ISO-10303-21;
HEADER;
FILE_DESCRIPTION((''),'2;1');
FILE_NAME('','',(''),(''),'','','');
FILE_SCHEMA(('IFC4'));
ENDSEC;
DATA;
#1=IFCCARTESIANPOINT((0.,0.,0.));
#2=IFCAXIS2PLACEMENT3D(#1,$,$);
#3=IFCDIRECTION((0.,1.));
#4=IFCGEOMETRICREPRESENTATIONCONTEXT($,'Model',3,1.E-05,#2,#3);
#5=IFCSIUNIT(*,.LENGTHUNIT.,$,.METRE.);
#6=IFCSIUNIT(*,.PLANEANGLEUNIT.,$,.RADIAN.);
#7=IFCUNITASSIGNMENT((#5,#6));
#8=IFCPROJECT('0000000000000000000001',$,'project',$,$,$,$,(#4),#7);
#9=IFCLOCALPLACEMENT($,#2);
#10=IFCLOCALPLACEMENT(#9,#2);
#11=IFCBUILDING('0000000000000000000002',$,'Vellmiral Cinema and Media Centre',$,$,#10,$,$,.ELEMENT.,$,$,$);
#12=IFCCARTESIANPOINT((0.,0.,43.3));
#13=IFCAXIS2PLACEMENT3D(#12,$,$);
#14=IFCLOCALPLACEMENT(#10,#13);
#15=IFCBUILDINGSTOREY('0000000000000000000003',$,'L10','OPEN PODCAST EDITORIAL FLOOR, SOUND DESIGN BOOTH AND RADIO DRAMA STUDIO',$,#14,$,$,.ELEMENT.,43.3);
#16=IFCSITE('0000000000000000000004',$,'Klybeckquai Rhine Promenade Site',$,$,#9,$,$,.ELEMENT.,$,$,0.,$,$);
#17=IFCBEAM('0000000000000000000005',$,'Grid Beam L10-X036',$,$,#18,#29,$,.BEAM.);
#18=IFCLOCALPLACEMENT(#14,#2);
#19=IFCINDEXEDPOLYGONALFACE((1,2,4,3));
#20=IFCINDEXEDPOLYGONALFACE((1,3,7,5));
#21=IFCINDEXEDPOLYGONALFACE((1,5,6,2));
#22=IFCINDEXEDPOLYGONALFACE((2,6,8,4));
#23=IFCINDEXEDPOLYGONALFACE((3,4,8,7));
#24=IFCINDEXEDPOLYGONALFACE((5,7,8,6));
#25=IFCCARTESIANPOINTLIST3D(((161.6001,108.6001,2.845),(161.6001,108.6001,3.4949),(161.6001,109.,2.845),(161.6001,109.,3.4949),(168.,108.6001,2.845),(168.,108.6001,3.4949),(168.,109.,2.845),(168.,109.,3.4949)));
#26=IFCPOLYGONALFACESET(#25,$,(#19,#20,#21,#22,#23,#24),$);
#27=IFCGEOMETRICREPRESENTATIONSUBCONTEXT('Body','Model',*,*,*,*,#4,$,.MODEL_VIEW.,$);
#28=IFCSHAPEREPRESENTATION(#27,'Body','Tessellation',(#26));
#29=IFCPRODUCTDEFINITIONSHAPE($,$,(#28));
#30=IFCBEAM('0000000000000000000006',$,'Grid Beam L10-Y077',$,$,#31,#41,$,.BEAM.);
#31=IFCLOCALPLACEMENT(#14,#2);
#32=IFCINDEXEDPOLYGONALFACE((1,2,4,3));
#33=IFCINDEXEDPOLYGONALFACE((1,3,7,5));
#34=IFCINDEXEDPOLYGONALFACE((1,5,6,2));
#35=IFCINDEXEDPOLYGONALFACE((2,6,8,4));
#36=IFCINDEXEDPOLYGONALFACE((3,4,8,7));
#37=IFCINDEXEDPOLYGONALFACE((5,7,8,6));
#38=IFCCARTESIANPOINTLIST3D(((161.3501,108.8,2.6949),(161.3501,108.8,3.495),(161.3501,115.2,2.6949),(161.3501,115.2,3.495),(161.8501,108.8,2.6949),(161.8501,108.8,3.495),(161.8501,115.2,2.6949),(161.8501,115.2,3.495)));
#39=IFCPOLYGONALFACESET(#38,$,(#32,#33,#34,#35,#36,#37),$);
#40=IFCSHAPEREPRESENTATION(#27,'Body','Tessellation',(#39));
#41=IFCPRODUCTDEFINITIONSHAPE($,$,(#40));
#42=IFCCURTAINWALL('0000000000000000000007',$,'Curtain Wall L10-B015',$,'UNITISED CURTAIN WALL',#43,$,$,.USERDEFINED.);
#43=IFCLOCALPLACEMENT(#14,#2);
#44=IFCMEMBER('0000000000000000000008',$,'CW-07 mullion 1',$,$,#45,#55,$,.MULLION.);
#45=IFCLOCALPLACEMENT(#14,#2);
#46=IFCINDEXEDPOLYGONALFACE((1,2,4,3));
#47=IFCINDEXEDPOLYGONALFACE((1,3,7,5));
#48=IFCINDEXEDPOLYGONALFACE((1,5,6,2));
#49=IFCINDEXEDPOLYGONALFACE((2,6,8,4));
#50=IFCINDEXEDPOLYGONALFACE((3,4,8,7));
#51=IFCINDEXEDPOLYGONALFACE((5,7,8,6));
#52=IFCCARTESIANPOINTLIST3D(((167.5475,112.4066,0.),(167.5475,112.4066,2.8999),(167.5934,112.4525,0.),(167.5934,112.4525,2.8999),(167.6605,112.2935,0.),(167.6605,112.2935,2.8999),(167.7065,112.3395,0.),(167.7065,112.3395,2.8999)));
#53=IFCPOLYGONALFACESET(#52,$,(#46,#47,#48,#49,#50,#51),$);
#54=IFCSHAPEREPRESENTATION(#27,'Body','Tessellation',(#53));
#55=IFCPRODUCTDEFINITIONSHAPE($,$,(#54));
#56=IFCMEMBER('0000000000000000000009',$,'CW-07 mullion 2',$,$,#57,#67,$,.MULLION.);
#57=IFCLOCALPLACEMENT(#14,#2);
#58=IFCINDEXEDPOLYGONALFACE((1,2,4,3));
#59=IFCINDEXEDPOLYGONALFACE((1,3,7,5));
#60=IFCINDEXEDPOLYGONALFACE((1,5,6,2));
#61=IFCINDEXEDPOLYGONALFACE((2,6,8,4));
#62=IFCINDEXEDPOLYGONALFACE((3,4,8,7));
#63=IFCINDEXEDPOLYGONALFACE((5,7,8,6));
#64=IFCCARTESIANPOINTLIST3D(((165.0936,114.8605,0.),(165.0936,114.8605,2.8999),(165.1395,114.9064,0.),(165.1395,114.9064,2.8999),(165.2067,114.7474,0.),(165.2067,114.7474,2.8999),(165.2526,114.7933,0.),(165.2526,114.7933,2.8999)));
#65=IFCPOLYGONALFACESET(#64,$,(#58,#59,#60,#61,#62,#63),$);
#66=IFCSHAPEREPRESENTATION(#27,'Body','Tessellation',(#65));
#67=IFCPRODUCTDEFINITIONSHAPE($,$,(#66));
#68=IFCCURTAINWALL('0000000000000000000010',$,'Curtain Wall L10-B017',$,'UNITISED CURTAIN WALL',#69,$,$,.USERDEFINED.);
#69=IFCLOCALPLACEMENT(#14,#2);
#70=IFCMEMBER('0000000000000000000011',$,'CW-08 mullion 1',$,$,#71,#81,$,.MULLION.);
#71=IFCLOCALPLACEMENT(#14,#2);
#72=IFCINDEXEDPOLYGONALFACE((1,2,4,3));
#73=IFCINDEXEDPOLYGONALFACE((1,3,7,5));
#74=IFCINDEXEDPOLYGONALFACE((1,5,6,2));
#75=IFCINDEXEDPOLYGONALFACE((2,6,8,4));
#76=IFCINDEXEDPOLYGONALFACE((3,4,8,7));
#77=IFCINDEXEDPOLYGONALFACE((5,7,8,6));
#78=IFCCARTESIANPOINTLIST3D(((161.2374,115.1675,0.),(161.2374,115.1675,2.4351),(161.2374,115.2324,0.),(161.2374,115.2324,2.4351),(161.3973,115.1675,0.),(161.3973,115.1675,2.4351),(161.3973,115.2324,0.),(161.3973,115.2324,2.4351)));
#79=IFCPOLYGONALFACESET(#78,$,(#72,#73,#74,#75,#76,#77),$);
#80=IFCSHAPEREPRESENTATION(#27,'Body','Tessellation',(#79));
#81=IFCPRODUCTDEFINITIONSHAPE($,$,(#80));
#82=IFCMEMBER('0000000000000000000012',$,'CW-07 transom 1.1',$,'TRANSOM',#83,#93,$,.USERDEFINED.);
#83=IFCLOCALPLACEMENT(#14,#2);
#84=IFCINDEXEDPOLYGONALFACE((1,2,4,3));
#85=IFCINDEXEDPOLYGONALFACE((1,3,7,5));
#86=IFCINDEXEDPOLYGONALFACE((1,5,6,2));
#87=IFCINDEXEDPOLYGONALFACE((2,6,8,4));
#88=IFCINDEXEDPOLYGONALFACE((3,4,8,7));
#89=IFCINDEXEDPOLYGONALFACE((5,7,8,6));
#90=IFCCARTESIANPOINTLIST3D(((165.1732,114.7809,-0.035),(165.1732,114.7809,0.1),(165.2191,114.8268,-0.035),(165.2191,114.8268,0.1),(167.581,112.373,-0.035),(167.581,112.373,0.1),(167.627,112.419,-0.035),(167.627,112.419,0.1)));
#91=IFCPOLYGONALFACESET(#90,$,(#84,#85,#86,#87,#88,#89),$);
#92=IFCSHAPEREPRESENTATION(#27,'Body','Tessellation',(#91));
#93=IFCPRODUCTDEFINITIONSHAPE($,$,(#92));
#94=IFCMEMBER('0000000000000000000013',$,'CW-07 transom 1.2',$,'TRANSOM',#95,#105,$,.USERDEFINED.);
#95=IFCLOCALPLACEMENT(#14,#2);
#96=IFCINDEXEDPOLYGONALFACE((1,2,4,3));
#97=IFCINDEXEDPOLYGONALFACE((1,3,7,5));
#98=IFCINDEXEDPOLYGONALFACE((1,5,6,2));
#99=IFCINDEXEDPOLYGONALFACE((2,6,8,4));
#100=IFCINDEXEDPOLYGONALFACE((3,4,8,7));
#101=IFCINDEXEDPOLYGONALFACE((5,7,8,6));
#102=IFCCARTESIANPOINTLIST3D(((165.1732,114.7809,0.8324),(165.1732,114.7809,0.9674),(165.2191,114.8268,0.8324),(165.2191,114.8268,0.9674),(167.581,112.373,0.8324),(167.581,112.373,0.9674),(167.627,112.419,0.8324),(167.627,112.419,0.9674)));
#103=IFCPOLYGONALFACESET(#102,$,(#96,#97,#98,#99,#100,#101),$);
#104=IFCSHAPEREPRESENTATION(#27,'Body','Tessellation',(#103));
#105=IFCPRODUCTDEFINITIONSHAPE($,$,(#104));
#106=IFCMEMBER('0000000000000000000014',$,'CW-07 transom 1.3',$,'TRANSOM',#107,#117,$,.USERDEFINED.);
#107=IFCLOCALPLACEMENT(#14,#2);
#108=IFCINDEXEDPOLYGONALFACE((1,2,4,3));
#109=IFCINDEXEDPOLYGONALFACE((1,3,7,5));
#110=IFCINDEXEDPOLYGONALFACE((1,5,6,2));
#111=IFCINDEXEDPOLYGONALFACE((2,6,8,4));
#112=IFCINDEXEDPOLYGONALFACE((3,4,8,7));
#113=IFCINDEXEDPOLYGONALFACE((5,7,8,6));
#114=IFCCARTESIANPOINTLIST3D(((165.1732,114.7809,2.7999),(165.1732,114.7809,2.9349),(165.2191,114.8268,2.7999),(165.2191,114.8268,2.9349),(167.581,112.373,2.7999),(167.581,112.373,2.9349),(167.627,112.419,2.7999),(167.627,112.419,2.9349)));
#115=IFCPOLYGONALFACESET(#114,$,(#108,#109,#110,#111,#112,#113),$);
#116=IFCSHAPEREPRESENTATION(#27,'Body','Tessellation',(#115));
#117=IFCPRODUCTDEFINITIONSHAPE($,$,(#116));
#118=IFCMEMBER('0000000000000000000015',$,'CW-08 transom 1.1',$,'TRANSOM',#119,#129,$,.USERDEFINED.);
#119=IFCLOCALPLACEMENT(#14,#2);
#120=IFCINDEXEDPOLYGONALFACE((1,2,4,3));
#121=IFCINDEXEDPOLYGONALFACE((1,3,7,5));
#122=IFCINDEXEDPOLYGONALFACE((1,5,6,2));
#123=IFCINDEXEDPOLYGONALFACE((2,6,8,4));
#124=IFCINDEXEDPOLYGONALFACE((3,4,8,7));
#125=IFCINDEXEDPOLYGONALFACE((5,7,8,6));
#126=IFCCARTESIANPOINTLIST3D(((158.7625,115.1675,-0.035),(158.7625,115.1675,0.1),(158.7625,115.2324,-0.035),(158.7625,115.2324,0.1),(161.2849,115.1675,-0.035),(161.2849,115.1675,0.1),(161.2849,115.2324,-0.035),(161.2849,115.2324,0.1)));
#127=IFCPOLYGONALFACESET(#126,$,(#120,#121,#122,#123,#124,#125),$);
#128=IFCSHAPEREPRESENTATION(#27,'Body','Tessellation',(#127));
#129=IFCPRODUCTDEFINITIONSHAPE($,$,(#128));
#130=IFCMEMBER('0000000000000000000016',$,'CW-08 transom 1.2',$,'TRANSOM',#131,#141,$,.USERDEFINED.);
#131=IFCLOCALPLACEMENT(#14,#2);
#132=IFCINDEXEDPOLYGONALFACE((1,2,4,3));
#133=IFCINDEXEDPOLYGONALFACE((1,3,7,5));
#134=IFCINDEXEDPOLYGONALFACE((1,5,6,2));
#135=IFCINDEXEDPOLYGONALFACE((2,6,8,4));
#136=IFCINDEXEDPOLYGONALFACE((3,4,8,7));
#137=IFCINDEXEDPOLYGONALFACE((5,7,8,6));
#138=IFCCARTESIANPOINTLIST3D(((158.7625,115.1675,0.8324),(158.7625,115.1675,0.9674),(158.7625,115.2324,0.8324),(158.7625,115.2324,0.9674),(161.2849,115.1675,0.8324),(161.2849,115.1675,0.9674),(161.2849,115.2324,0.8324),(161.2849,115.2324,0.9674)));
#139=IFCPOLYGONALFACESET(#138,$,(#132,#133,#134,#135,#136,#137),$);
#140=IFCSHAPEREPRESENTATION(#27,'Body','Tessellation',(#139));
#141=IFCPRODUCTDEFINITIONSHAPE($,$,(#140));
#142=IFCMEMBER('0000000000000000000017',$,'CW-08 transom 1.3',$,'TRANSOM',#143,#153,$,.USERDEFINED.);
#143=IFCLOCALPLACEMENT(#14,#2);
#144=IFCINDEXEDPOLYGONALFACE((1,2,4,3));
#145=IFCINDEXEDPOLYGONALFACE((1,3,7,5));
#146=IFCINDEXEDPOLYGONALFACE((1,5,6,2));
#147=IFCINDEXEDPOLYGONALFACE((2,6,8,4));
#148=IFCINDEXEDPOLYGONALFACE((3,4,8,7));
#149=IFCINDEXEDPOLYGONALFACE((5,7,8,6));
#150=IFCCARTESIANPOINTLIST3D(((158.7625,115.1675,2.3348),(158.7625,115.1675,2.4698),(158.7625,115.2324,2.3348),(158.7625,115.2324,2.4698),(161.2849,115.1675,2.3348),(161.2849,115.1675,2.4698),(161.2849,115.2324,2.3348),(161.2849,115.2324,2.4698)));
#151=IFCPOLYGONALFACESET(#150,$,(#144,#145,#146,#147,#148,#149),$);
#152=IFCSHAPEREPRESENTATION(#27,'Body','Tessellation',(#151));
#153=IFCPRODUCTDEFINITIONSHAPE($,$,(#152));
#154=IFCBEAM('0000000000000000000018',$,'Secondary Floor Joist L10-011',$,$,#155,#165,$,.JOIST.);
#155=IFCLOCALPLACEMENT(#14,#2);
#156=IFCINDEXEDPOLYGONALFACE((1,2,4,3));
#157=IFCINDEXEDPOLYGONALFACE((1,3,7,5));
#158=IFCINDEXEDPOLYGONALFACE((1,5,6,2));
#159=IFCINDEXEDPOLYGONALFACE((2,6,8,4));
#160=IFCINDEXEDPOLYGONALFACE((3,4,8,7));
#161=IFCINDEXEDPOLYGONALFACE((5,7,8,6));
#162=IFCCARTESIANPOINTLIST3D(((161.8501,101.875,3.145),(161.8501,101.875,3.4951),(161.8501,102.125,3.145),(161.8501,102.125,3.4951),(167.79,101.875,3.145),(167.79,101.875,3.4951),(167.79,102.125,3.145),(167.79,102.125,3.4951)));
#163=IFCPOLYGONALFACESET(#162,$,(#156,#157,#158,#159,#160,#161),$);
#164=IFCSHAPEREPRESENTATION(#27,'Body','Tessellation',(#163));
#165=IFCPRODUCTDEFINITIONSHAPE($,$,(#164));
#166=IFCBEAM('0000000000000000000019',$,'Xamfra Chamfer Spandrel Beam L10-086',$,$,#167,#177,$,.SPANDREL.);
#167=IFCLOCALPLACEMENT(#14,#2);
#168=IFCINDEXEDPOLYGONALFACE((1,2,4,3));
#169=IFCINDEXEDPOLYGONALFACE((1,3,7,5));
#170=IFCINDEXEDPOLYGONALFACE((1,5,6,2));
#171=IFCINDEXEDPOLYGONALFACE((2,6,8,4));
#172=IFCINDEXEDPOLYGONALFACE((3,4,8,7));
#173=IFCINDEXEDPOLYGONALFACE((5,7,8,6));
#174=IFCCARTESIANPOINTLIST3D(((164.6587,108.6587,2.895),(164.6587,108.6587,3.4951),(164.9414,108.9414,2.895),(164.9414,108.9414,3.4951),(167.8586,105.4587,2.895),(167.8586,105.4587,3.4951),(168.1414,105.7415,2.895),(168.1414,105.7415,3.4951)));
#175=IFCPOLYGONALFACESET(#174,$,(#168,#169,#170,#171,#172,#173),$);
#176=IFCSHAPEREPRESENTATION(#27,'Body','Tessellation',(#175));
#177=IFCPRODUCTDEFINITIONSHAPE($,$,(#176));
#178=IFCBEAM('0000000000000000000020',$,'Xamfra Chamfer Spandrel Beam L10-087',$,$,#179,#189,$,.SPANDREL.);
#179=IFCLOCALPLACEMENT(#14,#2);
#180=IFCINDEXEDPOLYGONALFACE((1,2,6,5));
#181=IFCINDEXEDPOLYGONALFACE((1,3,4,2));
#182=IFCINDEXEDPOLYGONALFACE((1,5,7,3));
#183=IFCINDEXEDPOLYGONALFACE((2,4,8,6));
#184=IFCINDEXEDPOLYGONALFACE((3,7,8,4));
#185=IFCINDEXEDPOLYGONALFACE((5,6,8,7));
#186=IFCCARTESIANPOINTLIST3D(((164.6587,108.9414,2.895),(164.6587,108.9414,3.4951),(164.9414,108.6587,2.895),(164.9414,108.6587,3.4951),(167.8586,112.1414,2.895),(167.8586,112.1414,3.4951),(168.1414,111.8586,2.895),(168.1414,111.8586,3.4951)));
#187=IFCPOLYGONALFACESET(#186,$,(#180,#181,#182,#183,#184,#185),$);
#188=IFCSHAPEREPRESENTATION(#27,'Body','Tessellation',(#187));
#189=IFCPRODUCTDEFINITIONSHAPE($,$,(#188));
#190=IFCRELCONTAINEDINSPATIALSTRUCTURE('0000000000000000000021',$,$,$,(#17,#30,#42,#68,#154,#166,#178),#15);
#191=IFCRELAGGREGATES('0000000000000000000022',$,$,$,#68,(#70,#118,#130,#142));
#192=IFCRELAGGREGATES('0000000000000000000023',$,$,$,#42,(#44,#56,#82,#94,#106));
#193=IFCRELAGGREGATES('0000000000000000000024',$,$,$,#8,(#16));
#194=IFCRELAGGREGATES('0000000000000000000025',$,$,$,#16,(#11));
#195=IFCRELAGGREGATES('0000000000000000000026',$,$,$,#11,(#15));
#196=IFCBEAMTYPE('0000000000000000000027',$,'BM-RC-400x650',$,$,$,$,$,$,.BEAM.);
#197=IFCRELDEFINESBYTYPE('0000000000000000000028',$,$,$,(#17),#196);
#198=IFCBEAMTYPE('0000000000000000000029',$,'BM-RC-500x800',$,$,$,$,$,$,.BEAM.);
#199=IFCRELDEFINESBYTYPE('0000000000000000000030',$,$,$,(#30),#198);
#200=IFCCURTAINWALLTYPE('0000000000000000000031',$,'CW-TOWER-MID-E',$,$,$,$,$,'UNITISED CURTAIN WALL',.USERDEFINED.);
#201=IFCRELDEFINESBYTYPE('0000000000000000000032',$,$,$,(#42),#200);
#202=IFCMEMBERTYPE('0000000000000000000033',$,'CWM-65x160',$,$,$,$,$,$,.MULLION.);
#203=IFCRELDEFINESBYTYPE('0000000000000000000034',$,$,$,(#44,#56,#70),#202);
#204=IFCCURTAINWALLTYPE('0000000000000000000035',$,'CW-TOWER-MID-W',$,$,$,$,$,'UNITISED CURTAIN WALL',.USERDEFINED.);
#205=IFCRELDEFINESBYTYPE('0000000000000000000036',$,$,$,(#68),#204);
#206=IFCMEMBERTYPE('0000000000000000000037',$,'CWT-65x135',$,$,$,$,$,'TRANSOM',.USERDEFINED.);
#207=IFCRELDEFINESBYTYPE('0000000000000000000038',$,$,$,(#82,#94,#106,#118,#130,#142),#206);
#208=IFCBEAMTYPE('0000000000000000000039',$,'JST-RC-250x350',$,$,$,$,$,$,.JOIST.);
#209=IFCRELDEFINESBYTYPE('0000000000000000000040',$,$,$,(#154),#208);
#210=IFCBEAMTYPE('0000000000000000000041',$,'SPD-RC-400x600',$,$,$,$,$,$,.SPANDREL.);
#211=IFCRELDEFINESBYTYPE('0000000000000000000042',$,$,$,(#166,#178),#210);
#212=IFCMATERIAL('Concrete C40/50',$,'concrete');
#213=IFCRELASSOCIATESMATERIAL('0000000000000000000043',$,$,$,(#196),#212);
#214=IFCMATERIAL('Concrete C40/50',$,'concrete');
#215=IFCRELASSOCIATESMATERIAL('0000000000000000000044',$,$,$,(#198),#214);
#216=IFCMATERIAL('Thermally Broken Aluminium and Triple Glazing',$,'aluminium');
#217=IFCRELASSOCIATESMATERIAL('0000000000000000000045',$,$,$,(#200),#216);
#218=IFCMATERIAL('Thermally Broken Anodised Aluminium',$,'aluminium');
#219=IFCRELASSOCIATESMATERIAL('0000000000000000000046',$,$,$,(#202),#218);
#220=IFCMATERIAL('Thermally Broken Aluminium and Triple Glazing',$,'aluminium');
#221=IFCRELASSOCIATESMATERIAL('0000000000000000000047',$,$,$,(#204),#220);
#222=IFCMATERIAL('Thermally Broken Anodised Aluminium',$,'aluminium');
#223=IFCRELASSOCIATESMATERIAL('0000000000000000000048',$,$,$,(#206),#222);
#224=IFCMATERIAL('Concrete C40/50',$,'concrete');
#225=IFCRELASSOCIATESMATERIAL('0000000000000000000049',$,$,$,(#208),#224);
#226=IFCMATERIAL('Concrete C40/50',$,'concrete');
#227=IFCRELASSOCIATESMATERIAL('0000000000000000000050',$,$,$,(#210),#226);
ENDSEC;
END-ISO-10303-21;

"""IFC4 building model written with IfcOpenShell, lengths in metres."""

from ifc_helpers import new_model, si_unit, direction, frame, origin, origin_2d, place, context, subcontext, project, spatial, rectangle, extrude, material, material_profile, profile_set, type_object, element, aggregate, save


model = new_model("IFC4")

# Units and contexts
model_context = context("Model", 3, precision=1e-05, world=origin(), true_north=direction((0.0, 1.0)))
body_context = subcontext(model_context, "Body", "Model", "MODEL_VIEW")
ifc_project = project(units=[si_unit("LENGTHUNIT", "METRE"), si_unit("PLANEANGLEUNIT", "RADIAN")], contexts=[model_context])

# Site, building, storey
site_placement = place(None, origin())
site = spatial("IfcSite", under=ifc_project, at=site_placement, Name="Klybeckquai Rhine Promenade Site", CompositionType="ELEMENT", RefElevation=0.0)
building_placement = place(site_placement, origin())
building = spatial("IfcBuilding", under=site, at=building_placement, Name="Vellmiral Cinema and Media Centre", CompositionType="ELEMENT")
storey_placement = place(building_placement, frame((0.0, 0.0, 43.3)))
storey = spatial("IfcBuildingStorey", under=building, at=storey_placement, Name="L10", Description="OPEN PODCAST EDITORIAL FLOOR, SOUND DESIGN BOOTH AND RADIO DRAMA STUDIO", CompositionType="ELEMENT", Elevation=43.3)

# Beams
ifc_material_1 = material(Name="Concrete C40/50", Category="concrete")
ifc_material_profile_1 = material_profile(ifc_material_1, rectangle(XDim=0.3999, YDim=0.6499, at=origin_2d()), Name="RC 400x650")
ifc_profile_set_1 = profile_set([ifc_material_profile_1], Name="Concrete C40/50")
beam_type_1 = type_object("IfcBeamType", Name="BM-RC-400x650", PredefinedType="BEAM", material=ifc_profile_set_1)
beam_1_placement = place(storey_placement, frame((161.6001, 108.8, 3.1699), z_axis=(1.0, 0.0, 0.0), x_axis=(0.0, 1.0, 0.0)))
element("IfcBeam", 1, at=beam_1_placement, inside=storey, type_object=beam_type_1, Name="Grid Beam L10-X036", PredefinedType="BEAM", context=body_context, shape_type="SweptSolid", body=[
    extrude(rectangle(XDim=0.3999, YDim=0.6499, at=origin_2d()), origin(), (0.0, 0.0, 1.0), 6.3999),
])
ifc_material_2 = material(Name="Concrete C40/50", Category="concrete")
ifc_material_profile_2 = material_profile(ifc_material_2, rectangle(XDim=0.5, YDim=0.8, at=origin_2d()), Name="RC 500x800")
ifc_profile_set_2 = profile_set([ifc_material_profile_2], Name="Concrete C40/50")
beam_type_2 = type_object("IfcBeamType", Name="BM-RC-500x800", PredefinedType="BEAM", material=ifc_profile_set_2)
beam_2_placement = place(storey_placement, frame((161.6001, 108.8, 3.095), z_axis=(0.0, 1.0, 0.0), x_axis=(-1.0, 0.0, 0.0)))
element("IfcBeam", 2, at=beam_2_placement, inside=storey, type_object=beam_type_2, Name="Grid Beam L10-Y077", PredefinedType="BEAM", context=body_context, shape_type="SweptSolid", body=[
    extrude(rectangle(XDim=0.5, YDim=0.8, at=origin_2d()), origin(), (0.0, 0.0, 1.0), 6.3999),
])

# Curtain wall, members
ifc_material_3 = material(Name="Thermally Broken Aluminium and Triple Glazing", Category="aluminium")
curtain_wall_type_1 = type_object("IfcCurtainWallType", Name="CW-TOWER-MID-E", ElementType="UNITISED CURTAIN WALL", PredefinedType="USERDEFINED", material=ifc_material_3)
curtain_wall_1_placement = place(storey_placement, origin())
curtain_wall_1 = element("IfcCurtainWall", 3, at=curtain_wall_1_placement, inside=storey, type_object=curtain_wall_type_1, Name="Curtain Wall L10-B015", ObjectType="UNITISED CURTAIN WALL", PredefinedType="USERDEFINED")
ifc_material_4 = material(Name="Thermally Broken Anodised Aluminium", Category="aluminium")
ifc_material_profile_3 = material_profile(ifc_material_4, rectangle(XDim=0.0649, YDim=0.1599, at=origin_2d()), Name="MULL 65x160")
ifc_profile_set_3 = profile_set([ifc_material_profile_3], Name="Thermally Broken Anodised Aluminium")
member_type_1 = type_object("IfcMemberType", Name="CWM-65x160", PredefinedType="MULLION", material=ifc_profile_set_3)
member_1_placement = place(storey_placement, frame((167.627, 112.373, 0.0), z_axis=(0.0, 0.0, 1.0), x_axis=(-0.707107, -0.707107, 0.0)))
member_1 = element("IfcMember", 4, at=member_1_placement, type_object=member_type_1, Name="CW-07 mullion 1", PredefinedType="MULLION", context=body_context, shape_type="SweptSolid", body=[
    extrude(rectangle(XDim=0.0649, YDim=0.1599, at=origin_2d()), origin(), (0.0, 0.0, 1.0), 2.8999),
])
member_2_placement = place(storey_placement, frame((165.1731, 114.8269, 0.0), z_axis=(0.0, 0.0, 1.0), x_axis=(-0.707107, -0.707107, 0.0)))
member_2 = element("IfcMember", 5, at=member_2_placement, type_object=member_type_1, Name="CW-07 mullion 2", PredefinedType="MULLION", context=body_context, shape_type="SweptSolid", body=[
    extrude(rectangle(XDim=0.0649, YDim=0.1599, at=origin_2d()), origin(), (0.0, 0.0, 1.0), 2.8999),
])

# Curtain wall, member
ifc_material_5 = material(Name="Thermally Broken Aluminium and Triple Glazing", Category="aluminium")
curtain_wall_type_2 = type_object("IfcCurtainWallType", Name="CW-TOWER-MID-W", ElementType="UNITISED CURTAIN WALL", PredefinedType="USERDEFINED", material=ifc_material_5)
curtain_wall_2_placement = place(storey_placement, origin())
curtain_wall_2 = element("IfcCurtainWall", 6, at=curtain_wall_2_placement, inside=storey, type_object=curtain_wall_type_2, Name="Curtain Wall L10-B017", ObjectType="UNITISED CURTAIN WALL", PredefinedType="USERDEFINED")
member_3_placement = place(storey_placement, frame((161.3174, 115.2, 0.0), z_axis=(0.0, 0.0, 1.0), x_axis=(0.0, -1.0, 0.0)))
member_3 = element("IfcMember", 7, at=member_3_placement, type_object=member_type_1, Name="CW-08 mullion 1", PredefinedType="MULLION", context=body_context, shape_type="SweptSolid", body=[
    extrude(rectangle(XDim=0.0649, YDim=0.1599, at=origin_2d()), origin(), (0.0, 0.0, 1.0), 2.4351),
])

# Members
ifc_material_6 = material(Name="Thermally Broken Anodised Aluminium", Category="aluminium")
ifc_material_profile_4 = material_profile(ifc_material_6, rectangle(XDim=0.0649, YDim=0.135, at=origin_2d()), Name="MULL 65x135")
ifc_profile_set_4 = profile_set([ifc_material_profile_4], Name="Thermally Broken Anodised Aluminium")
member_type_2 = type_object("IfcMemberType", Name="CWT-65x135", ElementType="TRANSOM", PredefinedType="USERDEFINED", material=ifc_profile_set_4)
member_4_placement = place(storey_placement, frame((167.604, 112.396, 0.0325), z_axis=(-0.707107, 0.707107, 0.0), x_axis=(-0.707107, -0.707107, 0.0)))
member_4 = element("IfcMember", 8, at=member_4_placement, type_object=member_type_2, Name="CW-07 transom 1.1", ObjectType="TRANSOM", PredefinedType="USERDEFINED", context=body_context, shape_type="SweptSolid", body=[
    extrude(rectangle(XDim=0.0649, YDim=0.135, at=origin_2d()), origin(), (0.0, 0.0, 1.0), 3.4053),
])
member_5_placement = place(storey_placement, frame((167.604, 112.396, 0.8999), z_axis=(-0.707107, 0.707107, 0.0), x_axis=(-0.707107, -0.707107, 0.0)))
member_5 = element("IfcMember", 9, at=member_5_placement, type_object=member_type_2, Name="CW-07 transom 1.2", ObjectType="TRANSOM", PredefinedType="USERDEFINED", context=body_context, shape_type="SweptSolid", body=[
    extrude(rectangle(XDim=0.0649, YDim=0.135, at=origin_2d()), origin(), (0.0, 0.0, 1.0), 3.4053),
])
member_6_placement = place(storey_placement, frame((167.604, 112.396, 2.8674), z_axis=(-0.707107, 0.707107, 0.0), x_axis=(-0.707107, -0.707107, 0.0)))
member_6 = element("IfcMember", 10, at=member_6_placement, type_object=member_type_2, Name="CW-07 transom 1.3", ObjectType="TRANSOM", PredefinedType="USERDEFINED", context=body_context, shape_type="SweptSolid", body=[
    extrude(rectangle(XDim=0.0649, YDim=0.135, at=origin_2d()), origin(), (0.0, 0.0, 1.0), 3.4053),
])
member_7_placement = place(storey_placement, frame((161.2849, 115.2, 0.0325), z_axis=(-1.0, 0.0, 0.0), x_axis=(0.0, -1.0, 0.0)))
member_7 = element("IfcMember", 11, at=member_7_placement, type_object=member_type_2, Name="CW-08 transom 1.1", ObjectType="TRANSOM", PredefinedType="USERDEFINED", context=body_context, shape_type="SweptSolid", body=[
    extrude(rectangle(XDim=0.0649, YDim=0.135, at=origin_2d()), origin(), (0.0, 0.0, 1.0), 2.5225),
])
member_8_placement = place(storey_placement, frame((161.2849, 115.2, 0.8999), z_axis=(-1.0, 0.0, 0.0), x_axis=(0.0, -1.0, 0.0)))
member_8 = element("IfcMember", 12, at=member_8_placement, type_object=member_type_2, Name="CW-08 transom 1.2", ObjectType="TRANSOM", PredefinedType="USERDEFINED", context=body_context, shape_type="SweptSolid", body=[
    extrude(rectangle(XDim=0.0649, YDim=0.135, at=origin_2d()), origin(), (0.0, 0.0, 1.0), 2.5225),
])
member_9_placement = place(storey_placement, frame((161.2849, 115.2, 2.4023), z_axis=(-1.0, 0.0, 0.0), x_axis=(0.0, -1.0, 0.0)))
member_9 = element("IfcMember", 13, at=member_9_placement, type_object=member_type_2, Name="CW-08 transom 1.3", ObjectType="TRANSOM", PredefinedType="USERDEFINED", context=body_context, shape_type="SweptSolid", body=[
    extrude(rectangle(XDim=0.0649, YDim=0.135, at=origin_2d()), origin(), (0.0, 0.0, 1.0), 2.5225),
])

# Beams
ifc_material_7 = material(Name="Concrete C40/50", Category="concrete")
ifc_material_profile_5 = material_profile(ifc_material_7, rectangle(XDim=0.25, YDim=0.3501, at=origin_2d()), Name="RC 250x350")
ifc_profile_set_5 = profile_set([ifc_material_profile_5], Name="Concrete C40/50")
beam_type_3 = type_object("IfcBeamType", Name="JST-RC-250x350", PredefinedType="JOIST", material=ifc_profile_set_5)
beam_3_placement = place(storey_placement, frame((161.8501, 102.0, 3.3201), z_axis=(1.0, 0.0, 0.0), x_axis=(0.0, 1.0, 0.0)))
element("IfcBeam", 14, at=beam_3_placement, inside=storey, type_object=beam_type_3, Name="Secondary Floor Joist L10-011", PredefinedType="JOIST", context=body_context, shape_type="SweptSolid", body=[
    extrude(rectangle(XDim=0.25, YDim=0.3501, at=origin_2d()), origin(), (0.0, 0.0, 1.0), 5.9399),
])
ifc_material_8 = material(Name="Concrete C40/50", Category="concrete")
ifc_material_profile_6 = material_profile(ifc_material_8, rectangle(XDim=0.3999, YDim=0.6001, at=origin_2d()), Name="RC 400x600")
ifc_profile_set_6 = profile_set([ifc_material_profile_6], Name="Concrete C40/50")
beam_type_4 = type_object("IfcBeamType", Name="SPD-RC-400x600", PredefinedType="SPANDREL", material=ifc_profile_set_6)
for number, where, z_axis, x_axis, name in (
    (15, (164.8, 108.8, 3.1951), (0.707107, -0.707107, 0.0), (0.707107, 0.707107, 0.0), "Xamfra Chamfer Spandrel Beam L10-086"),
    (16, (164.8, 108.8, 3.1951), (0.707107, 0.707107, 0.0), (-0.707107, 0.707107, 0.0), "Xamfra Chamfer Spandrel Beam L10-087"),
):
    element("IfcBeam", number, at=place(storey_placement, frame(where, z_axis=z_axis, x_axis=x_axis)), inside=storey, type_object=beam_type_4, Name=name, PredefinedType="SPANDREL", context=body_context, shape_type="SweptSolid", body=[
        extrude(rectangle(XDim=0.3999, YDim=0.6001, at=origin_2d()), origin(), (0.0, 0.0, 1.0), 4.5254),
    ])

aggregate(curtain_wall_2, [member_3, member_7, member_8, member_9])
aggregate(curtain_wall_1, [member_1, member_2, member_4, member_5, member_6])

save(model, "model.ifc")
